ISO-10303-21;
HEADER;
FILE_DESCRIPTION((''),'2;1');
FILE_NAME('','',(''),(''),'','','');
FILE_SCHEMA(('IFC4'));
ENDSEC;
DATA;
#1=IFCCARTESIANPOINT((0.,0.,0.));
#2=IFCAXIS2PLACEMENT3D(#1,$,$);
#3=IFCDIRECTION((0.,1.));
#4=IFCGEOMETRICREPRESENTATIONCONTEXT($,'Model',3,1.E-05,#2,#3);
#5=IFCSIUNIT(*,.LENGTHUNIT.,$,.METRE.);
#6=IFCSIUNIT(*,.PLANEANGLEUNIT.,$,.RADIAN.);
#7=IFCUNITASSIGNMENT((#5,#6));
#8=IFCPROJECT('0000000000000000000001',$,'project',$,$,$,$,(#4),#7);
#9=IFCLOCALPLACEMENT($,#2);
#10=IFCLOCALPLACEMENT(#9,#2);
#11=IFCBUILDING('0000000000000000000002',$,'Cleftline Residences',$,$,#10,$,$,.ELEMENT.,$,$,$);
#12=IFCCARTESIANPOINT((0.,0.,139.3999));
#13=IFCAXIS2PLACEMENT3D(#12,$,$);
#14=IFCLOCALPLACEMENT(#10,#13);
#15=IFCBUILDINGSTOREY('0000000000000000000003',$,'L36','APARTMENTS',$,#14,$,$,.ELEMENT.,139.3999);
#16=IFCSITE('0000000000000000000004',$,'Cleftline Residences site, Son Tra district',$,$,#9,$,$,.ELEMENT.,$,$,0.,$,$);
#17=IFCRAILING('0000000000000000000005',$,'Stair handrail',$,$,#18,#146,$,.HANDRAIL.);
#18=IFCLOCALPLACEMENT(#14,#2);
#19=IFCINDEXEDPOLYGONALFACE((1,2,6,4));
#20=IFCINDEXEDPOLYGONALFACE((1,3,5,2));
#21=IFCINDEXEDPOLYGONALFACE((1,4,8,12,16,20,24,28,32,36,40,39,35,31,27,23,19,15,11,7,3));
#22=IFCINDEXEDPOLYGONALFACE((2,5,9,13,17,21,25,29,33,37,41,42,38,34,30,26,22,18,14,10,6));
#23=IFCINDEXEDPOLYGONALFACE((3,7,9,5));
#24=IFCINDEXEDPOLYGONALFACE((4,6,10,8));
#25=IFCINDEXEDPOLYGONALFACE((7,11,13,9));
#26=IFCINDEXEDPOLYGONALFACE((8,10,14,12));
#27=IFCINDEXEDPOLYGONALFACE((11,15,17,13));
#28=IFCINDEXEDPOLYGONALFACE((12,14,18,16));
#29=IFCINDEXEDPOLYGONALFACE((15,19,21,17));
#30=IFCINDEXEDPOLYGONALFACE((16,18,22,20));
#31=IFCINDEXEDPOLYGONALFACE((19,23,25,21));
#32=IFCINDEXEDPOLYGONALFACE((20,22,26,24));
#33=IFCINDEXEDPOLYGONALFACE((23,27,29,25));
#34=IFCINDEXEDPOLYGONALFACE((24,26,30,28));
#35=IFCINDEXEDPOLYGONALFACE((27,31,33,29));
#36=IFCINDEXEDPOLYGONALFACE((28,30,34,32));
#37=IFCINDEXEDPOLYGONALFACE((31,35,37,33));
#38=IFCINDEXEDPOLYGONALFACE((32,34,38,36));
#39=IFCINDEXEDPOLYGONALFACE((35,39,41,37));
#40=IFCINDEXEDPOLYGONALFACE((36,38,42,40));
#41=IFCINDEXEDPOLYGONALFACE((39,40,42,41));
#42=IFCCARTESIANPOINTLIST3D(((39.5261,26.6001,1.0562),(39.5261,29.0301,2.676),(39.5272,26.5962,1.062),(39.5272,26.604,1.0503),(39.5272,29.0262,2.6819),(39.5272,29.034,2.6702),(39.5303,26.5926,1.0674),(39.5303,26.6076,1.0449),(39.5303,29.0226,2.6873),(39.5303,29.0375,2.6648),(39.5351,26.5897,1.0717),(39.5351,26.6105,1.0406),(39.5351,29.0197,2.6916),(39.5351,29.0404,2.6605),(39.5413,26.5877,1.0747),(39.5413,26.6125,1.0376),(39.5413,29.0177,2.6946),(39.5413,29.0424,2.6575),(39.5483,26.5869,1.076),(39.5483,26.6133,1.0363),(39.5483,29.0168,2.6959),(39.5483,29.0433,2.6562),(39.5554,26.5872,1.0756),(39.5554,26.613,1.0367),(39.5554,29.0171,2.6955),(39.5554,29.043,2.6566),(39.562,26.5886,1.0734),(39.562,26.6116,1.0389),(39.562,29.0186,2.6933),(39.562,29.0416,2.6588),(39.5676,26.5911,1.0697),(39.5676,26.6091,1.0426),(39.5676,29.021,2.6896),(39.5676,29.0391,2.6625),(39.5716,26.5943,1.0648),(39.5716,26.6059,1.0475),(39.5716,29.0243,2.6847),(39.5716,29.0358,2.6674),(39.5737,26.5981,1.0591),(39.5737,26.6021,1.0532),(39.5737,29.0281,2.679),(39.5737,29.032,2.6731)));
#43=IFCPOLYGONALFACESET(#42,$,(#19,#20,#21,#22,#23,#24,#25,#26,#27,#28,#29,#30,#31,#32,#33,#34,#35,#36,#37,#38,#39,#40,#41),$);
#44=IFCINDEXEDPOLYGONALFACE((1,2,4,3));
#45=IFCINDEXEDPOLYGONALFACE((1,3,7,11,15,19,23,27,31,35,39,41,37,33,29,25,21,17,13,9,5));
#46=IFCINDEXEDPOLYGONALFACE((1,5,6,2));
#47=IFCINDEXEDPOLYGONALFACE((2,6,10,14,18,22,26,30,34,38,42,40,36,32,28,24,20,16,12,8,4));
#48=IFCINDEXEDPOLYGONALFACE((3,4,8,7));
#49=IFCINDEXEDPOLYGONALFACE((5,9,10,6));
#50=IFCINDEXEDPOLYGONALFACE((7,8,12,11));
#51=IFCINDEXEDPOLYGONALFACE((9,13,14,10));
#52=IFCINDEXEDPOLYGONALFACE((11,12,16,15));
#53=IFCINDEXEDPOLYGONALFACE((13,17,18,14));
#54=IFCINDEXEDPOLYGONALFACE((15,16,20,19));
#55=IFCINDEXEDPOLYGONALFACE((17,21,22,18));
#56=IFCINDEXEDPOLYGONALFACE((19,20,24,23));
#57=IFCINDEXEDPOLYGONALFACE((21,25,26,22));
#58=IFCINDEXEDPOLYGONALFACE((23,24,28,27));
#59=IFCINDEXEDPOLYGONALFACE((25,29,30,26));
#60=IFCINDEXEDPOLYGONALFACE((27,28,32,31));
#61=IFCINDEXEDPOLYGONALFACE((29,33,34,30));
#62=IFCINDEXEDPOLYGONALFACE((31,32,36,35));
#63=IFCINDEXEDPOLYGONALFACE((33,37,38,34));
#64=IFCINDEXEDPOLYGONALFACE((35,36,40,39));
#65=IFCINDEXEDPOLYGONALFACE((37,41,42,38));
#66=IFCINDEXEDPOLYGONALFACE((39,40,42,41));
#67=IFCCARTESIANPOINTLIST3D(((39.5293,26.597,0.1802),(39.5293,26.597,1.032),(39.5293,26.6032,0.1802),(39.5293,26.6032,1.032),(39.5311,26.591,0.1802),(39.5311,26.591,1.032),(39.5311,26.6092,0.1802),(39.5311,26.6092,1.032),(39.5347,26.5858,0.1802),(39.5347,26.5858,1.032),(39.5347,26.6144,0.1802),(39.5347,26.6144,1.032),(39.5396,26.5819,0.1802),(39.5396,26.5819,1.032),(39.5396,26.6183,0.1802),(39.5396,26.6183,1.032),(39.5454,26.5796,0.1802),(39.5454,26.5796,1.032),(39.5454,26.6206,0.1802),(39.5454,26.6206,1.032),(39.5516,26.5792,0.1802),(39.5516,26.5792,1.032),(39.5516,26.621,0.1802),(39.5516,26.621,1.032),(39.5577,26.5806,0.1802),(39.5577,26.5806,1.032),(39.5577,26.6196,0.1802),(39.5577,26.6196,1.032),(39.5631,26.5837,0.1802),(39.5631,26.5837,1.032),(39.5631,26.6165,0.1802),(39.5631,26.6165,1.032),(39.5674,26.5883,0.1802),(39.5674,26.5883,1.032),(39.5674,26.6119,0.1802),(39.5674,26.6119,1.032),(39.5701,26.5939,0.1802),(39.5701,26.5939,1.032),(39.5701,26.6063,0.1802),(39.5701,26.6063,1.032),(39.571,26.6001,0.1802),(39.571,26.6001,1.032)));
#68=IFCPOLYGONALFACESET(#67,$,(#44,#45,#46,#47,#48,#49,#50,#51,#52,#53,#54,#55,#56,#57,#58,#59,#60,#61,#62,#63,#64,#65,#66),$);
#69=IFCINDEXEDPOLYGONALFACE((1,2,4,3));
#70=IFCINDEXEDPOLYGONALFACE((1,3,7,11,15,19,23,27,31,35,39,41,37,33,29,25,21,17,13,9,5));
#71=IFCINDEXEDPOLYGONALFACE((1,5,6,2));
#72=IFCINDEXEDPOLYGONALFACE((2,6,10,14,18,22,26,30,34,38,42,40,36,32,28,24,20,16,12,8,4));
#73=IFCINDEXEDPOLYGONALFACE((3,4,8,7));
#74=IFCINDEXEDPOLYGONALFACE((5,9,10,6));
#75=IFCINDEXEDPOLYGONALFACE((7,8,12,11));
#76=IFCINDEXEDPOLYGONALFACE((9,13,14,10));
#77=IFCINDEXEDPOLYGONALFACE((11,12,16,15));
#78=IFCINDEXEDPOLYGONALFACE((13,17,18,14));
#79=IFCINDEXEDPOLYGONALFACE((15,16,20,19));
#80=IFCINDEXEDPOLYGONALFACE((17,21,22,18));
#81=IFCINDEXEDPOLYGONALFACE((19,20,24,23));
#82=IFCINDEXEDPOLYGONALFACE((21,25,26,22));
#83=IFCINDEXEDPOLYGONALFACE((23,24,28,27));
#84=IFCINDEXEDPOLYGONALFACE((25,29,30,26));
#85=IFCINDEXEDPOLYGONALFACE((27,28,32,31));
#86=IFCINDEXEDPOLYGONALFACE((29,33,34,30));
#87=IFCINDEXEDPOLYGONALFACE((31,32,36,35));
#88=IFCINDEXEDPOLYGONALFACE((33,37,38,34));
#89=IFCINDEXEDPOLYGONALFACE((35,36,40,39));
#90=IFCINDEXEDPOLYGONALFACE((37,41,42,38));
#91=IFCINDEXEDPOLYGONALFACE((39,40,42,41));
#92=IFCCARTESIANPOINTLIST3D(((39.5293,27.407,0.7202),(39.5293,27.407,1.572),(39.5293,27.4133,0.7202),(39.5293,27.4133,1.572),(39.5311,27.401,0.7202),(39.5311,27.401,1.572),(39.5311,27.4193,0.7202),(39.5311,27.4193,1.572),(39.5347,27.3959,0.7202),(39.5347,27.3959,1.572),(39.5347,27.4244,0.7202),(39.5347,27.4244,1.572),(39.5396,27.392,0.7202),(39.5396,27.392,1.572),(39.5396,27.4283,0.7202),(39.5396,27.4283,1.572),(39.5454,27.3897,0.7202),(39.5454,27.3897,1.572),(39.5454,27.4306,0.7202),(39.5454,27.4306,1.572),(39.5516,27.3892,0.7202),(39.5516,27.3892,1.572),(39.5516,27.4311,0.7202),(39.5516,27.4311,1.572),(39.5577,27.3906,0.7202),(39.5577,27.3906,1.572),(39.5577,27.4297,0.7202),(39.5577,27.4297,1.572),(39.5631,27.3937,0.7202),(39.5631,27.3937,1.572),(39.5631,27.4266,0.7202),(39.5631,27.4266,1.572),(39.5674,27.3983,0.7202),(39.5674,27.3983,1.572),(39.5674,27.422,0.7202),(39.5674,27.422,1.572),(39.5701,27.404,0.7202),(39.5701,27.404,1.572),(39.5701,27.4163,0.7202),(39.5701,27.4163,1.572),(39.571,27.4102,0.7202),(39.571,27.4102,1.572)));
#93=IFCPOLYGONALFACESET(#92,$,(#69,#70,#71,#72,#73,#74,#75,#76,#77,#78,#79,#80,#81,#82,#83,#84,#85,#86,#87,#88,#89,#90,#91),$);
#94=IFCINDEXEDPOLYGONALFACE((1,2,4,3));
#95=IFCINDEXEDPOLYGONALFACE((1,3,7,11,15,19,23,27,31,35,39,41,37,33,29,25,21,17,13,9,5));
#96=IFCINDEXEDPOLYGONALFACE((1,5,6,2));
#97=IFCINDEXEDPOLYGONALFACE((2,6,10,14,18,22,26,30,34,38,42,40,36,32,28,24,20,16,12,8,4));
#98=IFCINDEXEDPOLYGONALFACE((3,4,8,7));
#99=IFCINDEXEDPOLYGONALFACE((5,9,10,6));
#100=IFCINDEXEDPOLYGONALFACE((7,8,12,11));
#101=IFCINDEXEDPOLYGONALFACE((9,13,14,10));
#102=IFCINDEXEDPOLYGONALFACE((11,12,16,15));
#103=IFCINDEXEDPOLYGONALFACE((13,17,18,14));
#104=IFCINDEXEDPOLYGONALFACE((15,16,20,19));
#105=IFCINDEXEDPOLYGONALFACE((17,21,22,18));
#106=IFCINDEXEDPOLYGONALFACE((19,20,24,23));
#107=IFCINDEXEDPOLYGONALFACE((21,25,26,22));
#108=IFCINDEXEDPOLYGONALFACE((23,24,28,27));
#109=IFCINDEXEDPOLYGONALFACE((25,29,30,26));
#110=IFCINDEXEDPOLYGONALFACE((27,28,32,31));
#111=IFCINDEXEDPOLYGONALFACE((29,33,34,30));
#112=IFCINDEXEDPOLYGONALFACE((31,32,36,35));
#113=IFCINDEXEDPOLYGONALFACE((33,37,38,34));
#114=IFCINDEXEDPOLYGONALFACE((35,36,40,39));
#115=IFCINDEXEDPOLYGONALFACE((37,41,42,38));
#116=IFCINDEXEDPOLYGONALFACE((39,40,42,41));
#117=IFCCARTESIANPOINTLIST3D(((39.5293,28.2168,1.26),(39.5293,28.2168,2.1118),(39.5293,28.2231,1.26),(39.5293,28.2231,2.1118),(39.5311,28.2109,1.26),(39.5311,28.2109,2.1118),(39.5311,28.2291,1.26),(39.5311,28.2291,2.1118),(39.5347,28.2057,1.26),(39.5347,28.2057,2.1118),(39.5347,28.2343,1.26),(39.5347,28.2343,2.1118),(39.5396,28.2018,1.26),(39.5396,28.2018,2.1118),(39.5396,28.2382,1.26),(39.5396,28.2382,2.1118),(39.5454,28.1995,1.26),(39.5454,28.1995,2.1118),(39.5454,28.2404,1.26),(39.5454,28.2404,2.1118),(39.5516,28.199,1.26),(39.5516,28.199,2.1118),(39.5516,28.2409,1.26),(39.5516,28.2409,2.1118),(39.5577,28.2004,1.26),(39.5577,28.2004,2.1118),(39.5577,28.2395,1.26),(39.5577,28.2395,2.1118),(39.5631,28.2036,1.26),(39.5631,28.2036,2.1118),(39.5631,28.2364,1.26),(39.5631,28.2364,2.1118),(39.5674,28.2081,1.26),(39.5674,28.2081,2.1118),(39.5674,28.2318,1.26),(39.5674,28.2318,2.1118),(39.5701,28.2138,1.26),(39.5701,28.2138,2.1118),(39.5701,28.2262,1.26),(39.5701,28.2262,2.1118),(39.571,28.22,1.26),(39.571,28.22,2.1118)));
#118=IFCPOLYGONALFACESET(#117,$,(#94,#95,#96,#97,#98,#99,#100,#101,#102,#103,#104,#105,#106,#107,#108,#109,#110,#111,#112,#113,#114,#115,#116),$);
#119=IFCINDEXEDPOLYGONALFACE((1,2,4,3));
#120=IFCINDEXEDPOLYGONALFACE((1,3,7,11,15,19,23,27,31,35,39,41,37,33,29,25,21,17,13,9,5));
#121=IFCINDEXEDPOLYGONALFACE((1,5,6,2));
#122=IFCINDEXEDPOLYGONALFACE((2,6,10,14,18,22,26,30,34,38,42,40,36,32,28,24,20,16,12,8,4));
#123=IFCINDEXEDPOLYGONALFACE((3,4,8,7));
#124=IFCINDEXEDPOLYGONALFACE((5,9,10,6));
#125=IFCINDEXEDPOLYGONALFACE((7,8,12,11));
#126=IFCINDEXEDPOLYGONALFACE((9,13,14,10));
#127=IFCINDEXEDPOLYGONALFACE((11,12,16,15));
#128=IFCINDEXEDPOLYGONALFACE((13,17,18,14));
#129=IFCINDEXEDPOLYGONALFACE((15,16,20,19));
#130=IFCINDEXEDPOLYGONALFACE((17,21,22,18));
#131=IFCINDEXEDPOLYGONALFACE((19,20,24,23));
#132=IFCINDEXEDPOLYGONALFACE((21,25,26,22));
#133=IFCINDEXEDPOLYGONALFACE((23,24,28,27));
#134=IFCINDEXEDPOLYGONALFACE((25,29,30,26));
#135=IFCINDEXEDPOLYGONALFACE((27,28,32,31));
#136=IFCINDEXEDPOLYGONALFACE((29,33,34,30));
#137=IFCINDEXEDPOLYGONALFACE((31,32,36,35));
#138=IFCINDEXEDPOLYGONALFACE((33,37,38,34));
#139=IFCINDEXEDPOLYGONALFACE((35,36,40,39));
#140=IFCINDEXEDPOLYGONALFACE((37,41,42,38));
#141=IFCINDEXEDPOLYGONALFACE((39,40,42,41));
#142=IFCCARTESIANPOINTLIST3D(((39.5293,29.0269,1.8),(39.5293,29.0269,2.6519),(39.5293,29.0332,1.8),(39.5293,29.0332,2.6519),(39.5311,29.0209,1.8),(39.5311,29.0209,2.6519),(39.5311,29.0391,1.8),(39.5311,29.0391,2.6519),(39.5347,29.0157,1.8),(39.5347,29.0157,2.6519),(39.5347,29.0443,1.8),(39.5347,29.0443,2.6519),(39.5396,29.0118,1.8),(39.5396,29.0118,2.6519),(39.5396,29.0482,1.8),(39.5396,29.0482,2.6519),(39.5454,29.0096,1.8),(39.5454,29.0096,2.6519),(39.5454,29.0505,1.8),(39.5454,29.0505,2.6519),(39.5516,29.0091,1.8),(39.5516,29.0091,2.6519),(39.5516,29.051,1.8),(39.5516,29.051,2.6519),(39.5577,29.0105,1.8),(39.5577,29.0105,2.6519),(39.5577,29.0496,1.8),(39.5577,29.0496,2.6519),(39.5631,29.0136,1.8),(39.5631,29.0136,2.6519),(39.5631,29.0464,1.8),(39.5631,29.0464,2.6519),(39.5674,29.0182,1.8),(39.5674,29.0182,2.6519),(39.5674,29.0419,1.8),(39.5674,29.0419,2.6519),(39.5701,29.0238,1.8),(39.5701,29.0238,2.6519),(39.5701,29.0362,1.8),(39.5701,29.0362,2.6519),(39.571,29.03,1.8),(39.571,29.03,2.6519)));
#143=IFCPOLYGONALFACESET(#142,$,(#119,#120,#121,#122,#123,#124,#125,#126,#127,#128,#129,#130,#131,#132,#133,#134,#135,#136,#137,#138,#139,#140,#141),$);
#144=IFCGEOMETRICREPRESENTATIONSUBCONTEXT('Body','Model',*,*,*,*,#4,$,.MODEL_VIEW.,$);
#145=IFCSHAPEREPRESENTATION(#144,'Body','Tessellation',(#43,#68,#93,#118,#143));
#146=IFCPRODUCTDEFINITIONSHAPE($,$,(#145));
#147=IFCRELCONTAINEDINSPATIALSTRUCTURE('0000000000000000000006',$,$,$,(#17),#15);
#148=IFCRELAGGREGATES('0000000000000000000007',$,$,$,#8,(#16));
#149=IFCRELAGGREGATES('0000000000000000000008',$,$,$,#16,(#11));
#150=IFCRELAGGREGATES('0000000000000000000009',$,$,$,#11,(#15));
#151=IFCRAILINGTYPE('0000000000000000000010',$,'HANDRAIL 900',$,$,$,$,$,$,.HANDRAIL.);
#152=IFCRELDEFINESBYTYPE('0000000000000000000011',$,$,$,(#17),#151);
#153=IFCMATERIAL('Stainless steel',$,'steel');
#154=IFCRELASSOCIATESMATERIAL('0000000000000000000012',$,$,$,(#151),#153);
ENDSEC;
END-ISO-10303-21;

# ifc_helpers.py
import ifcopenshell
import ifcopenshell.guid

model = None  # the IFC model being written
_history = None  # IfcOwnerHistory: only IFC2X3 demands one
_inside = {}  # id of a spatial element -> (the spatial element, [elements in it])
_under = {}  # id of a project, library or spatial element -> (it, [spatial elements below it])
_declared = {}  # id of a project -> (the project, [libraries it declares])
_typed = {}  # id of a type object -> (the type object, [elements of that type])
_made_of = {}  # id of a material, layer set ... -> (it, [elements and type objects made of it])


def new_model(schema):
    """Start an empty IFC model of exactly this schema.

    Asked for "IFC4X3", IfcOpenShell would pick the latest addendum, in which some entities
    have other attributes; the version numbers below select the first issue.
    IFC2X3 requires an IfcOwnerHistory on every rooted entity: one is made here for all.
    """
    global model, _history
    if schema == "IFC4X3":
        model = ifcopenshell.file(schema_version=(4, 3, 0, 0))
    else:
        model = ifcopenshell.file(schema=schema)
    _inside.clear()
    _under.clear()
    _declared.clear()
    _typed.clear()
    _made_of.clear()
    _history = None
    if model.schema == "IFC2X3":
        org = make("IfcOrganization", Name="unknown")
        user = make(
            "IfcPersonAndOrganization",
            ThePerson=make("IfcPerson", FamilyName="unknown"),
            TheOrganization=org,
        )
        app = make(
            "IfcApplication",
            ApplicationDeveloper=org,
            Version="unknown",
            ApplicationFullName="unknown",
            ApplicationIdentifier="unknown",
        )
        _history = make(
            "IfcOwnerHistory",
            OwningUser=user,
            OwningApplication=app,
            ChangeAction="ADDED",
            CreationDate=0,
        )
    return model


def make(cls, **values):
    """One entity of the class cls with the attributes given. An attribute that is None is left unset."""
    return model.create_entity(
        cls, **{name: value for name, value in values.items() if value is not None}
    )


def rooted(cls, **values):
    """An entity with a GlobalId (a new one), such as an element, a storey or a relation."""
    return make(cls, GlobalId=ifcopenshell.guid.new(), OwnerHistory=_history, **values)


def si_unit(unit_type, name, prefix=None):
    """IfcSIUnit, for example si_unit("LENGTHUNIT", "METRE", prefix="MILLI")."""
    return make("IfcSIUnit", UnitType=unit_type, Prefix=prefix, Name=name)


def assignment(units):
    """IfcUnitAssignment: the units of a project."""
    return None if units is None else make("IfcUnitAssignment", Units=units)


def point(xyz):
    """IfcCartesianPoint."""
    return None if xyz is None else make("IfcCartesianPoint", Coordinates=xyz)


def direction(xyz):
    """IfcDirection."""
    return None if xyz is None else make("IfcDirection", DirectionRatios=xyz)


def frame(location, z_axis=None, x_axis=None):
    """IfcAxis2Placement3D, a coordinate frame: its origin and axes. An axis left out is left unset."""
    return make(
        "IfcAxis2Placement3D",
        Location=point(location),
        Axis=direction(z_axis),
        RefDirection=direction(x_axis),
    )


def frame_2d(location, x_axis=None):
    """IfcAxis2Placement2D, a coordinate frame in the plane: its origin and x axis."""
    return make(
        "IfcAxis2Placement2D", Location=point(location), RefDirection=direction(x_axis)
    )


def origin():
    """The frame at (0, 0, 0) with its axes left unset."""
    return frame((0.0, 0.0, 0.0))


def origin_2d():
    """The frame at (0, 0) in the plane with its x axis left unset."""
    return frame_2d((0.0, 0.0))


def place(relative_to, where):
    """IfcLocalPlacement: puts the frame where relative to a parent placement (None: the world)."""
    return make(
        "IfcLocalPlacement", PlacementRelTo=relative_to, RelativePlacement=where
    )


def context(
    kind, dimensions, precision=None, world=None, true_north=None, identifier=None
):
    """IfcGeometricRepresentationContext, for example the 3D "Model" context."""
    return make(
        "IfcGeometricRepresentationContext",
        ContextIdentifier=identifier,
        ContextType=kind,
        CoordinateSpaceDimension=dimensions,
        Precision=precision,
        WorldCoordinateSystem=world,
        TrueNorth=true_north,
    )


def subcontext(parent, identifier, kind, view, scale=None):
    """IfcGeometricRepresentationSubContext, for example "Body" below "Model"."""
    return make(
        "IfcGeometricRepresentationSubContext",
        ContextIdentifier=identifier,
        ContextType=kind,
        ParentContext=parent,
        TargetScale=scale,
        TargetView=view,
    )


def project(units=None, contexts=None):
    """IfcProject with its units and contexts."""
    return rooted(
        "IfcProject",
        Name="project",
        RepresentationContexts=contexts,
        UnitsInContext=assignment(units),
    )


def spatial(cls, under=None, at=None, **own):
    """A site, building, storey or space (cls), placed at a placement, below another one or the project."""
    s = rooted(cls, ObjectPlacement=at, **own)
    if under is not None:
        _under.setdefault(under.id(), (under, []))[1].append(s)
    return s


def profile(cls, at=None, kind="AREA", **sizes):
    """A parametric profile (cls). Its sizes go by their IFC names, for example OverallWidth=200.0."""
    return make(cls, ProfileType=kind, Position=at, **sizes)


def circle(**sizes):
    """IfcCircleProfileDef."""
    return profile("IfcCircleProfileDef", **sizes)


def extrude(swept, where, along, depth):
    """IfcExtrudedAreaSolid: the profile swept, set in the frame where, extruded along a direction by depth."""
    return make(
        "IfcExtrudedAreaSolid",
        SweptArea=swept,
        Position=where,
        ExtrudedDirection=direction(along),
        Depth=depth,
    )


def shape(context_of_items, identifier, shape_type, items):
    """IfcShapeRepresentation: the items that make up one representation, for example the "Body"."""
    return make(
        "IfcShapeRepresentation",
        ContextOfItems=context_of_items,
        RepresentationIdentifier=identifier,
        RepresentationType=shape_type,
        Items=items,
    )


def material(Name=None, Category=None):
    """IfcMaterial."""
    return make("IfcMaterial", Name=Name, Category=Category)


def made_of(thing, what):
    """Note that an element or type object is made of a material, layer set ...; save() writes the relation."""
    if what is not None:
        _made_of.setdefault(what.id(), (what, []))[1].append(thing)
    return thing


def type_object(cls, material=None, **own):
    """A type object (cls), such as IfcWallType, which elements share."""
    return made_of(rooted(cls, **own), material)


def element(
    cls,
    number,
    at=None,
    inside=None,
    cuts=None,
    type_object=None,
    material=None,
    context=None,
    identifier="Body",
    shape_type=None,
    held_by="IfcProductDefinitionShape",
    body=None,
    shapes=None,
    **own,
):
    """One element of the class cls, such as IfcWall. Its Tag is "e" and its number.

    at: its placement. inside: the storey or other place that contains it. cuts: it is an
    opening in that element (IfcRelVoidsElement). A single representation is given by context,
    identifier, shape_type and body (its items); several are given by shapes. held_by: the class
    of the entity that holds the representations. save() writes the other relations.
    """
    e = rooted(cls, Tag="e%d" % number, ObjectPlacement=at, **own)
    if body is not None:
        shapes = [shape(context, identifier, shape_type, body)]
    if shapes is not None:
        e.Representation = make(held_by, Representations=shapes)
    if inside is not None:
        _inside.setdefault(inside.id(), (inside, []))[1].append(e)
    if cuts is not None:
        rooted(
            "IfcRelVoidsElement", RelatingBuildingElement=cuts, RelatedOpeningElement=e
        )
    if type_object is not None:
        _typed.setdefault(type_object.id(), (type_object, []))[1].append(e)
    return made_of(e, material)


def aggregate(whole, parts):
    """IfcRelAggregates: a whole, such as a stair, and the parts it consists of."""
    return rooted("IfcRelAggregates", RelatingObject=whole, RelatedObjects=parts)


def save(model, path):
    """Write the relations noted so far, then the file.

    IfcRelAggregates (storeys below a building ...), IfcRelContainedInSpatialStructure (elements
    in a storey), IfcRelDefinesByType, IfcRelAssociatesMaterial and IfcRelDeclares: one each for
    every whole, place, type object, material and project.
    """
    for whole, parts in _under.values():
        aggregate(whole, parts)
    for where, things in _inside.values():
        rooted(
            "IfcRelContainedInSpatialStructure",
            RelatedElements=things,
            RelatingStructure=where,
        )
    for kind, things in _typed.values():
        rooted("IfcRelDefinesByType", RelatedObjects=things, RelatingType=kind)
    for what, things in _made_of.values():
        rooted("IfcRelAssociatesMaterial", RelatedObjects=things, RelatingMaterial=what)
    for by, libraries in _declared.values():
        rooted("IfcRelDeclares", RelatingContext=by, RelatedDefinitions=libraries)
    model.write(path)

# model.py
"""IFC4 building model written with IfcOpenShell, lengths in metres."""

from ifc_helpers import new_model, si_unit, direction, frame, origin, origin_2d, place, context, subcontext, project, spatial, circle, extrude, material, type_object, element, save


model = new_model("IFC4")

# Units and contexts
model_context = context("Model", 3, precision=1e-05, world=origin(), true_north=direction((0.0, 1.0)))
body_context = subcontext(model_context, "Body", "Model", "MODEL_VIEW")
ifc_project = project(units=[si_unit("LENGTHUNIT", "METRE"), si_unit("PLANEANGLEUNIT", "RADIAN")], contexts=[model_context])

# Site, building, storey
site_placement = place(None, origin())
site = spatial("IfcSite", under=ifc_project, at=site_placement, Name="Cleftline Residences site, Son Tra district", CompositionType="ELEMENT", RefElevation=0.0)
building_placement = place(site_placement, origin())
building = spatial("IfcBuilding", under=site, at=building_placement, Name="Cleftline Residences", CompositionType="ELEMENT")
storey_placement = place(building_placement, frame((0.0, 0.0, 139.3999)))
storey = spatial("IfcBuildingStorey", under=building, at=storey_placement, Name="L36", Description="APARTMENTS", CompositionType="ELEMENT", Elevation=139.3999)

# Railing
ifc_material_1 = material(Name="Stainless steel", Category="steel")
railing_type = type_object("IfcRailingType", Name="HANDRAIL 900", PredefinedType="HANDRAIL", material=ifc_material_1)
railing_1_placement = place(storey_placement, frame((39.55, 26.6001, 0.1802)))
element("IfcRailing", 1, at=railing_1_placement, inside=storey, type_object=railing_type, Name="Stair handrail", PredefinedType="HANDRAIL", context=body_context, shape_type="SweptSolid", body=[
    extrude(circle(Radius=0.0239, at=origin_2d()), frame((0.0, 0.0, 0.876), z_axis=(0.0, 0.832063, 0.554681), x_axis=(-1.0, 0.0, 0.0)), (0.0, 0.0, 1.0), 2.9204),
    extrude(circle(Radius=0.021, at=origin_2d()), origin(), (0.0, 0.0, 1.0), 0.8518),
    extrude(circle(Radius=0.021, at=origin_2d()), frame((0.0, 0.8101, 0.54)), (0.0, 0.0, 1.0), 0.8518),
    extrude(circle(Radius=0.021, at=origin_2d()), frame((0.0, 1.6199, 1.0798)), (0.0, 0.0, 1.0), 0.8518),
    extrude(circle(Radius=0.021, at=origin_2d()), frame((0.0, 2.4299, 1.6199)), (0.0, 0.0, 1.0), 0.8518),
])

save(model, "model.ifc")
